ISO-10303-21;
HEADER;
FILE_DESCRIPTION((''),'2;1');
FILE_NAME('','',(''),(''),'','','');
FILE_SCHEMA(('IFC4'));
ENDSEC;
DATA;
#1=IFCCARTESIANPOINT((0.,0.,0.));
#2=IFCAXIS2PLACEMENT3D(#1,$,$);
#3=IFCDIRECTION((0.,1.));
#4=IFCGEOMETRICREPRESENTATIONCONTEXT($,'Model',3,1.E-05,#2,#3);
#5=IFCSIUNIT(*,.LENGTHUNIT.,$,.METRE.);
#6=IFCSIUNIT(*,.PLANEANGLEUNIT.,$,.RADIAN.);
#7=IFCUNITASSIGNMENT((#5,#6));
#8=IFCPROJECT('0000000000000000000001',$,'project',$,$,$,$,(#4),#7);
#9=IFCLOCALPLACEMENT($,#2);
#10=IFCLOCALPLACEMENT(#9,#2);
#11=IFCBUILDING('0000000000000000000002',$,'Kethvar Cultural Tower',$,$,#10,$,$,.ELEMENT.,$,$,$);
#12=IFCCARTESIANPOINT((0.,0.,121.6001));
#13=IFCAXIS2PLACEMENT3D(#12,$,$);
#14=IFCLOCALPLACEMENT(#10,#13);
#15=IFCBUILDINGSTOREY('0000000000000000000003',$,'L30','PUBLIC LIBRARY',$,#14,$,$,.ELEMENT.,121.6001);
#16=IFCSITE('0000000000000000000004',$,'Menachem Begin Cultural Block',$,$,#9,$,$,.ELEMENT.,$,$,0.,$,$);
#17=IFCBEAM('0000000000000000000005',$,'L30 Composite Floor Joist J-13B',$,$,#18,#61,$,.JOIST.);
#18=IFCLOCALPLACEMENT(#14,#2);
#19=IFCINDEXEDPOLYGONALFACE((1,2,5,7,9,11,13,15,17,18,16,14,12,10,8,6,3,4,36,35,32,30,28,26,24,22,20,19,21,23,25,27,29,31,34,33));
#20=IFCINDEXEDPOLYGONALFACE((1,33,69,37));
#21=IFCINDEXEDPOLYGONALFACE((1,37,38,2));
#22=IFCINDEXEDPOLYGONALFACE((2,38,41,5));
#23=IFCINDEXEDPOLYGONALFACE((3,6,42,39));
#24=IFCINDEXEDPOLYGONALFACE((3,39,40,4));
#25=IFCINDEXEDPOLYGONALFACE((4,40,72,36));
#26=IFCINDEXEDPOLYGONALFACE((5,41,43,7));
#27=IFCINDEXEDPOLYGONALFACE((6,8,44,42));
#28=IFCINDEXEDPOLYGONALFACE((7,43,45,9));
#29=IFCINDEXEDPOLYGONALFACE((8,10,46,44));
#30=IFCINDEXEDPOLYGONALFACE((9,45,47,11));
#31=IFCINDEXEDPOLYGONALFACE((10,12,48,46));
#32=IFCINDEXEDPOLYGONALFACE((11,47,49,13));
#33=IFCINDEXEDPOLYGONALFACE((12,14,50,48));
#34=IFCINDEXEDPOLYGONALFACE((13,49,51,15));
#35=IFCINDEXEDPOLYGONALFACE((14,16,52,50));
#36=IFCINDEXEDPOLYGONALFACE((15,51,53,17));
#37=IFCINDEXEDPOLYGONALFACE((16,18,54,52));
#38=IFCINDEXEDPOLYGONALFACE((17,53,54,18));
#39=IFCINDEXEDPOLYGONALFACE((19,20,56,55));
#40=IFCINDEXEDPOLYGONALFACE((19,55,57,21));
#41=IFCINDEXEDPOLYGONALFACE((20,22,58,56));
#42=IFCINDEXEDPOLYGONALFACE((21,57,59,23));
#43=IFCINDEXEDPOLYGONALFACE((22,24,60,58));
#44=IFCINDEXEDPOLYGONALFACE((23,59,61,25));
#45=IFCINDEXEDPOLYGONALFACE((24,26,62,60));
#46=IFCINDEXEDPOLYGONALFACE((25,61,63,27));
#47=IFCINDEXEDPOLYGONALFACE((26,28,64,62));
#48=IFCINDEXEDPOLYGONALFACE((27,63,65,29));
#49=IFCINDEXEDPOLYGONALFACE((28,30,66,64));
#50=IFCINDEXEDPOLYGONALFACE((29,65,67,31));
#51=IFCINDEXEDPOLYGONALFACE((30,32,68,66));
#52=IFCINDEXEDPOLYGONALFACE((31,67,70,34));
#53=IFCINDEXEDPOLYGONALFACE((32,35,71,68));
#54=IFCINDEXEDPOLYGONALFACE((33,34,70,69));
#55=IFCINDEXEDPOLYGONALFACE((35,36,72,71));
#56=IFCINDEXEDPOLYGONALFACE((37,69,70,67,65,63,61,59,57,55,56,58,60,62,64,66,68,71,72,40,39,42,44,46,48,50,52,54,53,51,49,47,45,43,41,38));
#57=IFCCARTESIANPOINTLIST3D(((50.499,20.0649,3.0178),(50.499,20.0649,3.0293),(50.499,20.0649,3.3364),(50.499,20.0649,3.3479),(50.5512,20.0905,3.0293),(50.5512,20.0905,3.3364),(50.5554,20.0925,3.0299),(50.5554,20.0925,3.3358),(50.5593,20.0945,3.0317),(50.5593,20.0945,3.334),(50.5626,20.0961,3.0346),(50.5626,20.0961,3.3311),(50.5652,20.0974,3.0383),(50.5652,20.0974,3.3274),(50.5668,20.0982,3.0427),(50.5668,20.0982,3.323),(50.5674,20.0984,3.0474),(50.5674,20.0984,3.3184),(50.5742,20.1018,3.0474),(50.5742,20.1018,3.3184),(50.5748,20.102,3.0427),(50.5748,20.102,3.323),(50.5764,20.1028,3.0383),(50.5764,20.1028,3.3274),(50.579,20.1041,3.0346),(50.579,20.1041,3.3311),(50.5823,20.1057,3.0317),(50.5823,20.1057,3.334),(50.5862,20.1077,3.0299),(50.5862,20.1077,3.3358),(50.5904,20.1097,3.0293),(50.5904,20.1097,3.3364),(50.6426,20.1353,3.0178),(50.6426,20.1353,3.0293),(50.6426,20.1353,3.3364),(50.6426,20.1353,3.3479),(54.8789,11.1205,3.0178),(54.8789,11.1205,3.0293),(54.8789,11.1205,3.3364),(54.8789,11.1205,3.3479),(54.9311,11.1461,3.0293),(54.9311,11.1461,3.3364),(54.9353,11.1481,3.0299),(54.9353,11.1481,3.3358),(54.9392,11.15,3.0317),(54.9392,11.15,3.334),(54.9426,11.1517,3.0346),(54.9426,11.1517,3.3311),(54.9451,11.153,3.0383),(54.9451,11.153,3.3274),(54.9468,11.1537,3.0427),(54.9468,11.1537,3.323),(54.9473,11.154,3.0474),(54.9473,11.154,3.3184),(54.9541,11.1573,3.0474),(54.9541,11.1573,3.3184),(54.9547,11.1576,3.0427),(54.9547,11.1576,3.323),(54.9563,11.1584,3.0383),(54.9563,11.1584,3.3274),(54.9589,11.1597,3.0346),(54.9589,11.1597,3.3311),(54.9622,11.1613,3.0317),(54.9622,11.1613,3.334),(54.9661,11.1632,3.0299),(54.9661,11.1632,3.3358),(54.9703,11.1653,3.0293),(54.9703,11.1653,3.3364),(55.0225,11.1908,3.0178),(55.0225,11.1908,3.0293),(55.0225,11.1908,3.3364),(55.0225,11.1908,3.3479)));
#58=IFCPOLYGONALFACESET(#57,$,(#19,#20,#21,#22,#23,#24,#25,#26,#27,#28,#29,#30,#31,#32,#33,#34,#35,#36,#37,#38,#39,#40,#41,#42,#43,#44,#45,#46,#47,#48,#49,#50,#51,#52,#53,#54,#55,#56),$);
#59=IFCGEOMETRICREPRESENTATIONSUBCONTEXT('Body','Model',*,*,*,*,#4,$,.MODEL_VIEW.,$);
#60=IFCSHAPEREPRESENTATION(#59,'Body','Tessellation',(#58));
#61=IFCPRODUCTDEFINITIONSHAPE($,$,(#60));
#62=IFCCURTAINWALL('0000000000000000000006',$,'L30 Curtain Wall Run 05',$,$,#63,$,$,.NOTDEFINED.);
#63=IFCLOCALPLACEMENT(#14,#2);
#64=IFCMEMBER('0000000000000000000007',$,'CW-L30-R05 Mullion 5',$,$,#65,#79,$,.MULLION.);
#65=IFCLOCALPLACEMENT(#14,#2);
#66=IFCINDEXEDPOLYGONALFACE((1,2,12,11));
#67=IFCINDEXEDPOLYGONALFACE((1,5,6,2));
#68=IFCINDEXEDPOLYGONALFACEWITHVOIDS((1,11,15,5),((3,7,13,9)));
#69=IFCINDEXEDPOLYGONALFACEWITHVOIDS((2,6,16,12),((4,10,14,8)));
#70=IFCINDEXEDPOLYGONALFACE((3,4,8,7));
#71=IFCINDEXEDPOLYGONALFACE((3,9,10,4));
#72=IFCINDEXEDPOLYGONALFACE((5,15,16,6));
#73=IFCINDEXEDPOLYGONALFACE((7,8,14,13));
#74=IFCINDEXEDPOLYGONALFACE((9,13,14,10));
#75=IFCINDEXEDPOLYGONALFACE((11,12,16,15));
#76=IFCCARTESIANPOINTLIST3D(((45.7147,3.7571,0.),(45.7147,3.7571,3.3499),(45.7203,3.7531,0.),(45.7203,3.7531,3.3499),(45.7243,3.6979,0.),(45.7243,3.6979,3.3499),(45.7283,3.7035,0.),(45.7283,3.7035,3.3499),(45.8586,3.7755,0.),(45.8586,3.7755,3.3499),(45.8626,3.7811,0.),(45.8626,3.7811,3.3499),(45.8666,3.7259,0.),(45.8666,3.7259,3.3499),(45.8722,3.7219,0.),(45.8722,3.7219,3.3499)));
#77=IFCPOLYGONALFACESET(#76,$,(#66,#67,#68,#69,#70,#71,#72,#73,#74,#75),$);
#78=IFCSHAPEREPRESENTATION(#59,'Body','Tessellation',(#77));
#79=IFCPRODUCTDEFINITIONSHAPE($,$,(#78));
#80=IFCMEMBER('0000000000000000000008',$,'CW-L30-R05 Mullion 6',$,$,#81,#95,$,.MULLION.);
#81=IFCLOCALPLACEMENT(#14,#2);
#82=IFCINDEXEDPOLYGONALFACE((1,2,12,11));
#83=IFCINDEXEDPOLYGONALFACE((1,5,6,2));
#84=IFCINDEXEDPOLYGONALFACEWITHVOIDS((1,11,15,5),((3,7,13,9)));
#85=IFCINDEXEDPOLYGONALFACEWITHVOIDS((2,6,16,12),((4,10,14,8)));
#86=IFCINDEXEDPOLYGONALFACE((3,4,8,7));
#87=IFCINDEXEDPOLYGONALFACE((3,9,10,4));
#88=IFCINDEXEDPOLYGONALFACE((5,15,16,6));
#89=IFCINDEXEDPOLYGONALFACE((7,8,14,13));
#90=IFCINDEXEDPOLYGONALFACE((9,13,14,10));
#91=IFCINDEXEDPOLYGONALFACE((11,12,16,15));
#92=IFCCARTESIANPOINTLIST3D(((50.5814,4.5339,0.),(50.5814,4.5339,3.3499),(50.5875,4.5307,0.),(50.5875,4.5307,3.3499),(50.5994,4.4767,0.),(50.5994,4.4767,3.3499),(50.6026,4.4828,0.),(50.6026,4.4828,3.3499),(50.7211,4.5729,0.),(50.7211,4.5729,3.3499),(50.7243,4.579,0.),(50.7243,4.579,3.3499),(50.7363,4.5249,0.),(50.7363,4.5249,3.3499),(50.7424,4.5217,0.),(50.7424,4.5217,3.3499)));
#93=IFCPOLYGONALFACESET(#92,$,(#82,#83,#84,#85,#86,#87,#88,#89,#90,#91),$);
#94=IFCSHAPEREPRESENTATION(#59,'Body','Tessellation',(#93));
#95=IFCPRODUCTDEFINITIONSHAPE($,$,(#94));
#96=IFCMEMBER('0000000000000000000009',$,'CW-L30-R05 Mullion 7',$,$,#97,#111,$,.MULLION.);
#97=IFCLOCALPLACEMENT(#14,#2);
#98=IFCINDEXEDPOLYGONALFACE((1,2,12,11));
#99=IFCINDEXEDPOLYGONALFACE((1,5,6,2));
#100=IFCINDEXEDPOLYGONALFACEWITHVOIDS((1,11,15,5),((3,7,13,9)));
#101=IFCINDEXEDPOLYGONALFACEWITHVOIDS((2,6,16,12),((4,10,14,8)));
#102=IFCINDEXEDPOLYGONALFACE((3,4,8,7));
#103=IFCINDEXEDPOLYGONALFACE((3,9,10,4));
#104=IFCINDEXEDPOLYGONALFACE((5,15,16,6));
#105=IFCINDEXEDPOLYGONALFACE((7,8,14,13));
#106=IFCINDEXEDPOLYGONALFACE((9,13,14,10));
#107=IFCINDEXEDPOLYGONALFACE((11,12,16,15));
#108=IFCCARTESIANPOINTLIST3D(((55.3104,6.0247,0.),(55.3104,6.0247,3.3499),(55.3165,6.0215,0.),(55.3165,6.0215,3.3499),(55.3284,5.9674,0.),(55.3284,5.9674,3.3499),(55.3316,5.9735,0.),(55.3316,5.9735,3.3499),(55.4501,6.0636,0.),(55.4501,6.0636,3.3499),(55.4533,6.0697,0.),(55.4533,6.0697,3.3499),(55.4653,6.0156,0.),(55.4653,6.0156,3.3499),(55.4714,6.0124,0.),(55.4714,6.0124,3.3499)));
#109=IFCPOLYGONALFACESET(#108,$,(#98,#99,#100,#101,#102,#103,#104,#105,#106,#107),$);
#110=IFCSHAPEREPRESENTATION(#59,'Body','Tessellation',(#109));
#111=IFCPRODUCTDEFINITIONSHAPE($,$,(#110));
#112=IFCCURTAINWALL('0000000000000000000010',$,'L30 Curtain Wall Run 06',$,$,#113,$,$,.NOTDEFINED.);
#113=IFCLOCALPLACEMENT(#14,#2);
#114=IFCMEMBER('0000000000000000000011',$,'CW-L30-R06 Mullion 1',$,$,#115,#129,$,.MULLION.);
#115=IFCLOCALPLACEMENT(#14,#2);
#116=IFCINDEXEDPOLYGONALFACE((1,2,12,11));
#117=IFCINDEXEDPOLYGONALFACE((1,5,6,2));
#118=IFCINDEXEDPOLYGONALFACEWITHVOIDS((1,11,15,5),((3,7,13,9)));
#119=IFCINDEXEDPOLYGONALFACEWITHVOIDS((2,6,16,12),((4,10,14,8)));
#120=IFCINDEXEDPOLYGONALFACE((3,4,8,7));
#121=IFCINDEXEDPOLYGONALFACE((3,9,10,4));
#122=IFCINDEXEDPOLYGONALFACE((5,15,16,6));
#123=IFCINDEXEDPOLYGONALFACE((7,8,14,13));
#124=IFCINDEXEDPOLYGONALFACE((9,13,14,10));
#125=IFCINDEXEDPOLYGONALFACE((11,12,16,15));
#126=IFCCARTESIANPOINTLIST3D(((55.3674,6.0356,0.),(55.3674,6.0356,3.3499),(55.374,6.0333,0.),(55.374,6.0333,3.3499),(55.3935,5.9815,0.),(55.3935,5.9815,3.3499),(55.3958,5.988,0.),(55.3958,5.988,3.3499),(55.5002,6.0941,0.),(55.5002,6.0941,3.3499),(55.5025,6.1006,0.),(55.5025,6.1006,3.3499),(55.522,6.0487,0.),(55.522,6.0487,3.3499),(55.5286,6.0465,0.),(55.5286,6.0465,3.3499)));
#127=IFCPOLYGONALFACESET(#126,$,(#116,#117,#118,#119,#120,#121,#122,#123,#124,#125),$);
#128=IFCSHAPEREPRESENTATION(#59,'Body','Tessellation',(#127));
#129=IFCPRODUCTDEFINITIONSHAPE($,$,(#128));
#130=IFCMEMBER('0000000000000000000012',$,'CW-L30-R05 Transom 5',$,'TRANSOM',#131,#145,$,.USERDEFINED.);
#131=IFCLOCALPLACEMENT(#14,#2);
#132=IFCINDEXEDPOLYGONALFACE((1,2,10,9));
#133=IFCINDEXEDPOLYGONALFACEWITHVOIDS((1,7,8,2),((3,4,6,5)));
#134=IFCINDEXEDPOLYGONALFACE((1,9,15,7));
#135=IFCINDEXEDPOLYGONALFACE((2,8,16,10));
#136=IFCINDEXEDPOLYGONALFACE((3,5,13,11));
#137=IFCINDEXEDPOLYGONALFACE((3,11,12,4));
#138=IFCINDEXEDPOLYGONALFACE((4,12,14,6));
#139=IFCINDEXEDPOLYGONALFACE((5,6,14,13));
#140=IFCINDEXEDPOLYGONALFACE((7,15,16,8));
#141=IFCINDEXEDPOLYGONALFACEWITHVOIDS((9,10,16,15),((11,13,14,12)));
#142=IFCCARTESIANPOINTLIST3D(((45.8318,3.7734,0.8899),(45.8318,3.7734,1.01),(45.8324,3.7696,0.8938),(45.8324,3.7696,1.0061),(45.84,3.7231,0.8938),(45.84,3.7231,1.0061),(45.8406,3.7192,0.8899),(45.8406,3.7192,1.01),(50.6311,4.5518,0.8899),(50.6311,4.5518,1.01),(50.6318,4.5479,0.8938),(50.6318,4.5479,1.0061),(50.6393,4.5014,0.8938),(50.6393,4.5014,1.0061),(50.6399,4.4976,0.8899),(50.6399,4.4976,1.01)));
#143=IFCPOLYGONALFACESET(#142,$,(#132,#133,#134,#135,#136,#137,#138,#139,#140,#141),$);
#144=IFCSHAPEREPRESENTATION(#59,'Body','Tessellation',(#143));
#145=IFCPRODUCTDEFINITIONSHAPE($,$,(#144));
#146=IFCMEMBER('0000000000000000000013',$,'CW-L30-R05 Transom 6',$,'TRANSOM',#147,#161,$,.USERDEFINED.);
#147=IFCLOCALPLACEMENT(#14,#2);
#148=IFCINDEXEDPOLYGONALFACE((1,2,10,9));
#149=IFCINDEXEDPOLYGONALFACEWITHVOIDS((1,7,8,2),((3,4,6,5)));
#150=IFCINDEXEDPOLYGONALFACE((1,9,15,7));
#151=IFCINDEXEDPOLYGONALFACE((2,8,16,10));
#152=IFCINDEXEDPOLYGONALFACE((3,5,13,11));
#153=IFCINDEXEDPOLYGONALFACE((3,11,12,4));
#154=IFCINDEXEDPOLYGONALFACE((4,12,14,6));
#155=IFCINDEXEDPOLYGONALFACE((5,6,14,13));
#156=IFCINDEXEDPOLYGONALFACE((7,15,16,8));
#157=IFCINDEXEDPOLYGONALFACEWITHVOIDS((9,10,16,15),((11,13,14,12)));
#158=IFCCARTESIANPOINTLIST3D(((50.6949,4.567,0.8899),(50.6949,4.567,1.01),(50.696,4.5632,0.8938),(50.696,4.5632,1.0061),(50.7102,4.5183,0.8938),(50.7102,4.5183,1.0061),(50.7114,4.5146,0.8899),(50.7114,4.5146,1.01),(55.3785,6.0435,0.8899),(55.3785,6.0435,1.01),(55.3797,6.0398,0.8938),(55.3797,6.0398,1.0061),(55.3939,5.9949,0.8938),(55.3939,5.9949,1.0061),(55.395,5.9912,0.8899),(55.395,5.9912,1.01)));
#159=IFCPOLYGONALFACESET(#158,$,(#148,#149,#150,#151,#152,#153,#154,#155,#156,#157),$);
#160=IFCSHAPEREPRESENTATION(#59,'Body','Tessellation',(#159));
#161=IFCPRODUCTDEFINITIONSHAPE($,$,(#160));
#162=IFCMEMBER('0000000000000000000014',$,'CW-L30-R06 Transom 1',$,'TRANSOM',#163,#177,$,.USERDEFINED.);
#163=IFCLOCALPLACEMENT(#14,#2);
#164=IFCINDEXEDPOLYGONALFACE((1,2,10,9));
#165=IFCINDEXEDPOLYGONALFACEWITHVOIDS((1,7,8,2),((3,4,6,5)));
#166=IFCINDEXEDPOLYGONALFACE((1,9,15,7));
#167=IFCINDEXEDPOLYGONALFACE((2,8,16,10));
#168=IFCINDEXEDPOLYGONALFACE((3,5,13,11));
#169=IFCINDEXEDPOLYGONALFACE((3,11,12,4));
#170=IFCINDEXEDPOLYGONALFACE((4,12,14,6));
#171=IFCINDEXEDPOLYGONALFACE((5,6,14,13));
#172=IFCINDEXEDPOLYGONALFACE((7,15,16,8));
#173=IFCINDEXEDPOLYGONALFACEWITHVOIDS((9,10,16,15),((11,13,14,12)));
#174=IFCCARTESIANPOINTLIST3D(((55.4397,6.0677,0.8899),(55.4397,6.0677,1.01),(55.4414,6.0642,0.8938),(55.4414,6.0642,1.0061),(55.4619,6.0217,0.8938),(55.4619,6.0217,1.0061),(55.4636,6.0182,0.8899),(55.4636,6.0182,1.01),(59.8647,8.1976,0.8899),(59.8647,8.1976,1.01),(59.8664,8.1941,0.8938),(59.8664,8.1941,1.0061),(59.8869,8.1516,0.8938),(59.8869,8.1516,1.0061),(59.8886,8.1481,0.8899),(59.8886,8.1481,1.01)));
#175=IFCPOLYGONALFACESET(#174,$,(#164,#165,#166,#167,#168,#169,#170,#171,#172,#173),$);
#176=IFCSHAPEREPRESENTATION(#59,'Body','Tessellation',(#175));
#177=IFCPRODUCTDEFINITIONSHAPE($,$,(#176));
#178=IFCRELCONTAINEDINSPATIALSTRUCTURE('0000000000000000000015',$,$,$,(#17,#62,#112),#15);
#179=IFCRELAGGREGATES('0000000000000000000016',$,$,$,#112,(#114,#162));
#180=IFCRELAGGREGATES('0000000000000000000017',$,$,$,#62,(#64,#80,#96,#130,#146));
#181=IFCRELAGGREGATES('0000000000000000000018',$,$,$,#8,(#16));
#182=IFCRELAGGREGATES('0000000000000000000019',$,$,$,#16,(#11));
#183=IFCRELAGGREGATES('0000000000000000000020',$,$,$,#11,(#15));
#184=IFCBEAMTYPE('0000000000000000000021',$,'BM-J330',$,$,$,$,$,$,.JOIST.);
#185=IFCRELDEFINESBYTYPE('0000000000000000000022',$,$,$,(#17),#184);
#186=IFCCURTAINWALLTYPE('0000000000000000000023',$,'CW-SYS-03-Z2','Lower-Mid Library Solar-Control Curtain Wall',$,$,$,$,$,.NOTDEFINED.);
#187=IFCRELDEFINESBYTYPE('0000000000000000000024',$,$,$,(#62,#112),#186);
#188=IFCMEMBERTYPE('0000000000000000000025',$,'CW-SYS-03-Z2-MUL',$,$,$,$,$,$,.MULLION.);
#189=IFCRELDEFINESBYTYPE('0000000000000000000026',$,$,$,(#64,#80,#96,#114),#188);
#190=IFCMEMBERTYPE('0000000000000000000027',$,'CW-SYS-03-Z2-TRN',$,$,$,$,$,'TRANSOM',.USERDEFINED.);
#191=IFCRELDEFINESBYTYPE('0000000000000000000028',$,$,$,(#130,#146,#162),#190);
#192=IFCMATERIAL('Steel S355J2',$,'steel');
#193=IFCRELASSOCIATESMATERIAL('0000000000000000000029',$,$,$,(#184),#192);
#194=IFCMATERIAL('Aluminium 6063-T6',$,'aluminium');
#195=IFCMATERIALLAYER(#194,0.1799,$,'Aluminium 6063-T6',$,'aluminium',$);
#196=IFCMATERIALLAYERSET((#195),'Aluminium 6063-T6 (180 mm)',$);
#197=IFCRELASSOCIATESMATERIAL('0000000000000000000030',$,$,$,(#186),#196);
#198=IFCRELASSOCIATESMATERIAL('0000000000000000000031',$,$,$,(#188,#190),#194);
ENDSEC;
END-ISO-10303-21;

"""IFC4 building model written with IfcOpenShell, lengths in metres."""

from ifc_helpers import new_model, si_unit, direction, frame, origin, origin_2d, place, context, subcontext, project, spatial, hollow_rectangle, i_section, extrude, source, transform, mapped, material, layer, layer_set, material_profile, profile_set, type_object, element, aggregate, save


model = new_model("IFC4")

# Units and contexts
model_context = context("Model", 3, precision=1e-05, world=origin(), true_north=direction((0.0, 1.0)))
body_context = subcontext(model_context, "Body", "Model", "MODEL_VIEW")
ifc_project = project(units=[si_unit("LENGTHUNIT", "METRE"), si_unit("PLANEANGLEUNIT", "RADIAN")], contexts=[model_context])

# Site, building, storey
site_placement = place(None, origin())
site = spatial("IfcSite", under=ifc_project, at=site_placement, Name="Menachem Begin Cultural Block", CompositionType="ELEMENT", RefElevation=0.0)
building_placement = place(site_placement, origin())
building = spatial("IfcBuilding", under=site, at=building_placement, Name="Kethvar Cultural Tower", CompositionType="ELEMENT")
storey_placement = place(building_placement, frame((0.0, 0.0, 121.6001)))
storey = spatial("IfcBuildingStorey", under=building, at=storey_placement, Name="L30", Description="PUBLIC LIBRARY", CompositionType="ELEMENT", Elevation=121.6001)

# Beam
ifc_material_1 = material(Name="Steel S355J2", Category="steel")
ifc_material_profile_1 = material_profile(ifc_material_1, i_section(OverallWidth=0.1599, OverallDepth=0.3301, WebThickness=0.0076, FlangeThickness=0.0115, FilletRadius=0.0181, at=origin_2d()), Name="Steel S355J2 — IPE330")
ifc_profile_set_1 = profile_set([ifc_material_profile_1], Name="Steel S355J2 — IPE330")
beam_type_1 = type_object("IfcBeamType", Name="BM-J330", PredefinedType="JOIST", material=ifc_profile_set_1)
shared_shape_1 = source(origin(), body_context, "Body", "SweptSolid", [
    extrude(i_section(OverallWidth=0.1599, OverallDepth=0.3301, WebThickness=0.0076, FlangeThickness=0.0115, FilletRadius=0.0181, at=origin_2d()), origin(), (0.0, 0.0, 1.0), 9.9592),
])
beam_1_placement = place(storey_placement, frame((50.5708, 20.1001, 3.1829), z_axis=(0.439785, -0.898103, 0.0), x_axis=(0.898103, 0.439785, 0.0)))
element("IfcBeam", 1, at=beam_1_placement, inside=storey, type_object=beam_type_1, Name="L30 Composite Floor Joist J-13B", PredefinedType="JOIST", context=body_context, shape_type="MappedRepresentation", body=[
    mapped(shared_shape_1, transform((0.0, 0.0, 0.0), scale=1.0)),
])

# Curtain wall, members
ifc_material_2 = material(Name="Aluminium 6063-T6", Category="aluminium")
ifc_layer_1 = layer(ifc_material_2, 0.1799, Name="Aluminium 6063-T6", Category="aluminium")
ifc_layer_set_1 = layer_set([ifc_layer_1], Name="Aluminium 6063-T6 (180 mm)")
curtain_wall_type = type_object("IfcCurtainWallType", Name="CW-SYS-03-Z2", Description="Lower-Mid Library Solar-Control Curtain Wall", PredefinedType="NOTDEFINED", material=ifc_layer_set_1)
curtain_wall_1_placement = place(storey_placement, origin())
curtain_wall_1 = element("IfcCurtainWall", 2, at=curtain_wall_1_placement, inside=storey, type_object=curtain_wall_type, Name="L30 Curtain Wall Run 05", PredefinedType="NOTDEFINED")
ifc_material_profile_2 = material_profile(ifc_material_2, hollow_rectangle(XDim=0.0601, YDim=0.1499, WallThickness=0.0049, at=origin_2d()), Name="Aluminium 6063-T6 — RHS150x60x5")
ifc_profile_set_2 = profile_set([ifc_material_profile_2], Name="Aluminium 6063-T6 — RHS150x60x5")
member_type_1 = type_object("IfcMemberType", Name="CW-SYS-03-Z2-MUL", PredefinedType="MULLION", material=ifc_profile_set_2)
shared_shape_2 = source(origin(), body_context, "Body", "SweptSolid", [
    extrude(hollow_rectangle(XDim=0.0601, YDim=0.1499, WallThickness=0.0049, at=origin_2d()), origin(), (0.0, 0.0, 1.0), 3.3499),
])
member_1_placement = place(storey_placement, frame((45.7935, 3.7395, 0.0), z_axis=(0.0, 0.0, 1.0), x_axis=(-0.160071, 0.987106, 0.0)))
member_1 = element("IfcMember", 3, at=member_1_placement, type_object=member_type_1, Name="CW-L30-R05 Mullion 5", PredefinedType="MULLION", context=body_context, shape_type="MappedRepresentation", body=[
    mapped(shared_shape_2, transform((0.0, 0.0, 0.0), scale=1.0)),
])
member_2_placement = place(storey_placement, frame((50.6619, 4.5278, 0.0), z_axis=(0.0, 0.0, 1.0), x_axis=(-0.300656, 0.953733, 0.0)))
member_2 = element("IfcMember", 4, at=member_2_placement, type_object=member_type_1, Name="CW-L30-R05 Mullion 6", PredefinedType="MULLION", context=body_context, shape_type="MappedRepresentation", body=[
    mapped(shared_shape_2, transform((0.0, 0.0, 0.0), scale=1.0)),
])
member_3_placement = place(storey_placement, frame((55.3909, 6.0186, 0.0), z_axis=(0.0, 0.0, 1.0), x_axis=(-0.300656, 0.953733, 0.0)))
member_3 = element("IfcMember", 5, at=member_3_placement, type_object=member_type_1, Name="CW-L30-R05 Mullion 7", PredefinedType="MULLION", context=body_context, shape_type="MappedRepresentation", body=[
    mapped(shared_shape_2, transform((0.0, 0.0, 0.0), scale=1.0)),
])

# Curtain wall, member
curtain_wall_2_placement = place(storey_placement, origin())
curtain_wall_2 = element("IfcCurtainWall", 6, at=curtain_wall_2_placement, inside=storey, type_object=curtain_wall_type, Name="L30 Curtain Wall Run 06", PredefinedType="NOTDEFINED")
member_4_placement = place(storey_placement, frame((55.448, 6.041, 0.0), z_axis=(0.0, 0.0, 1.0), x_axis=(-0.433706, 0.901054, 0.0)))
member_4 = element("IfcMember", 7, at=member_4_placement, type_object=member_type_1, Name="CW-L30-R06 Mullion 1", PredefinedType="MULLION", context=body_context, shape_type="MappedRepresentation", body=[
    mapped(shared_shape_2, transform((0.0, 0.0, 0.0), scale=1.0)),
])

# Members
ifc_material_profile_3 = material_profile(ifc_material_2, hollow_rectangle(XDim=0.0549, YDim=0.1201, WallThickness=0.0039, at=origin_2d()), Name="Aluminium 6063-T6 — RHS120x55x4")
ifc_profile_set_3 = profile_set([ifc_material_profile_3], Name="Aluminium 6063-T6 — RHS120x55x4")
member_type_2 = type_object("IfcMemberType", Name="CW-SYS-03-Z2-TRN", ElementType="TRANSOM", PredefinedType="USERDEFINED", material=ifc_profile_set_3)
shared_shape_3 = source(origin(), body_context, "Body", "SweptSolid", [
    extrude(hollow_rectangle(XDim=0.0549, YDim=0.1201, WallThickness=0.0039, at=origin_2d()), origin(), (0.0, 0.0, 1.0), 4.8621),
])
member_5_placement = place(storey_placement, frame((45.8362, 3.7463, 0.95), z_axis=(0.987104, 0.160082, 0.0), x_axis=(-0.160082, 0.987104, 0.0)))
member_5 = element("IfcMember", 8, at=member_5_placement, type_object=member_type_2, Name="CW-L30-R05 Transom 5", ObjectType="TRANSOM", PredefinedType="USERDEFINED", context=body_context, shape_type="MappedRepresentation", body=[
    mapped(shared_shape_3, transform((0.0, 0.0, 0.0), scale=1.0)),
])
shared_shape_4 = source(origin(), body_context, "Body", "SweptSolid", [
    extrude(hollow_rectangle(XDim=0.0549, YDim=0.1201, WallThickness=0.0039, at=origin_2d()), origin(), (0.0, 0.0, 1.0), 4.9109),
])
member_6_placement = place(storey_placement, frame((50.7031, 4.5408, 0.95), z_axis=(0.953727, 0.300675, 0.0), x_axis=(-0.300675, 0.953727, 0.0)))
member_6 = element("IfcMember", 9, at=member_6_placement, type_object=member_type_2, Name="CW-L30-R05 Transom 6", ObjectType="TRANSOM", PredefinedType="USERDEFINED", context=body_context, shape_type="MappedRepresentation", body=[
    mapped(shared_shape_4, transform((0.0, 0.0, 0.0), scale=1.0)),
])
member_7_placement = place(storey_placement, frame((55.4517, 6.043, 0.95), z_axis=(0.901057, 0.433701, 0.0), x_axis=(-0.433701, 0.901057, 0.0)))
member_7 = element("IfcMember", 10, at=member_7_placement, type_object=member_type_2, Name="CW-L30-R06 Transom 1", ObjectType="TRANSOM", PredefinedType="USERDEFINED", context=body_context, shape_type="MappedRepresentation", body=[
    mapped(shared_shape_4, transform((0.0, 0.0, 0.0), scale=1.0)),
])
aggregate(curtain_wall_2, [member_4, member_7])

aggregate(curtain_wall_1, [member_1, member_2, member_3, member_5, member_6])

save(model, "model.ifc")
